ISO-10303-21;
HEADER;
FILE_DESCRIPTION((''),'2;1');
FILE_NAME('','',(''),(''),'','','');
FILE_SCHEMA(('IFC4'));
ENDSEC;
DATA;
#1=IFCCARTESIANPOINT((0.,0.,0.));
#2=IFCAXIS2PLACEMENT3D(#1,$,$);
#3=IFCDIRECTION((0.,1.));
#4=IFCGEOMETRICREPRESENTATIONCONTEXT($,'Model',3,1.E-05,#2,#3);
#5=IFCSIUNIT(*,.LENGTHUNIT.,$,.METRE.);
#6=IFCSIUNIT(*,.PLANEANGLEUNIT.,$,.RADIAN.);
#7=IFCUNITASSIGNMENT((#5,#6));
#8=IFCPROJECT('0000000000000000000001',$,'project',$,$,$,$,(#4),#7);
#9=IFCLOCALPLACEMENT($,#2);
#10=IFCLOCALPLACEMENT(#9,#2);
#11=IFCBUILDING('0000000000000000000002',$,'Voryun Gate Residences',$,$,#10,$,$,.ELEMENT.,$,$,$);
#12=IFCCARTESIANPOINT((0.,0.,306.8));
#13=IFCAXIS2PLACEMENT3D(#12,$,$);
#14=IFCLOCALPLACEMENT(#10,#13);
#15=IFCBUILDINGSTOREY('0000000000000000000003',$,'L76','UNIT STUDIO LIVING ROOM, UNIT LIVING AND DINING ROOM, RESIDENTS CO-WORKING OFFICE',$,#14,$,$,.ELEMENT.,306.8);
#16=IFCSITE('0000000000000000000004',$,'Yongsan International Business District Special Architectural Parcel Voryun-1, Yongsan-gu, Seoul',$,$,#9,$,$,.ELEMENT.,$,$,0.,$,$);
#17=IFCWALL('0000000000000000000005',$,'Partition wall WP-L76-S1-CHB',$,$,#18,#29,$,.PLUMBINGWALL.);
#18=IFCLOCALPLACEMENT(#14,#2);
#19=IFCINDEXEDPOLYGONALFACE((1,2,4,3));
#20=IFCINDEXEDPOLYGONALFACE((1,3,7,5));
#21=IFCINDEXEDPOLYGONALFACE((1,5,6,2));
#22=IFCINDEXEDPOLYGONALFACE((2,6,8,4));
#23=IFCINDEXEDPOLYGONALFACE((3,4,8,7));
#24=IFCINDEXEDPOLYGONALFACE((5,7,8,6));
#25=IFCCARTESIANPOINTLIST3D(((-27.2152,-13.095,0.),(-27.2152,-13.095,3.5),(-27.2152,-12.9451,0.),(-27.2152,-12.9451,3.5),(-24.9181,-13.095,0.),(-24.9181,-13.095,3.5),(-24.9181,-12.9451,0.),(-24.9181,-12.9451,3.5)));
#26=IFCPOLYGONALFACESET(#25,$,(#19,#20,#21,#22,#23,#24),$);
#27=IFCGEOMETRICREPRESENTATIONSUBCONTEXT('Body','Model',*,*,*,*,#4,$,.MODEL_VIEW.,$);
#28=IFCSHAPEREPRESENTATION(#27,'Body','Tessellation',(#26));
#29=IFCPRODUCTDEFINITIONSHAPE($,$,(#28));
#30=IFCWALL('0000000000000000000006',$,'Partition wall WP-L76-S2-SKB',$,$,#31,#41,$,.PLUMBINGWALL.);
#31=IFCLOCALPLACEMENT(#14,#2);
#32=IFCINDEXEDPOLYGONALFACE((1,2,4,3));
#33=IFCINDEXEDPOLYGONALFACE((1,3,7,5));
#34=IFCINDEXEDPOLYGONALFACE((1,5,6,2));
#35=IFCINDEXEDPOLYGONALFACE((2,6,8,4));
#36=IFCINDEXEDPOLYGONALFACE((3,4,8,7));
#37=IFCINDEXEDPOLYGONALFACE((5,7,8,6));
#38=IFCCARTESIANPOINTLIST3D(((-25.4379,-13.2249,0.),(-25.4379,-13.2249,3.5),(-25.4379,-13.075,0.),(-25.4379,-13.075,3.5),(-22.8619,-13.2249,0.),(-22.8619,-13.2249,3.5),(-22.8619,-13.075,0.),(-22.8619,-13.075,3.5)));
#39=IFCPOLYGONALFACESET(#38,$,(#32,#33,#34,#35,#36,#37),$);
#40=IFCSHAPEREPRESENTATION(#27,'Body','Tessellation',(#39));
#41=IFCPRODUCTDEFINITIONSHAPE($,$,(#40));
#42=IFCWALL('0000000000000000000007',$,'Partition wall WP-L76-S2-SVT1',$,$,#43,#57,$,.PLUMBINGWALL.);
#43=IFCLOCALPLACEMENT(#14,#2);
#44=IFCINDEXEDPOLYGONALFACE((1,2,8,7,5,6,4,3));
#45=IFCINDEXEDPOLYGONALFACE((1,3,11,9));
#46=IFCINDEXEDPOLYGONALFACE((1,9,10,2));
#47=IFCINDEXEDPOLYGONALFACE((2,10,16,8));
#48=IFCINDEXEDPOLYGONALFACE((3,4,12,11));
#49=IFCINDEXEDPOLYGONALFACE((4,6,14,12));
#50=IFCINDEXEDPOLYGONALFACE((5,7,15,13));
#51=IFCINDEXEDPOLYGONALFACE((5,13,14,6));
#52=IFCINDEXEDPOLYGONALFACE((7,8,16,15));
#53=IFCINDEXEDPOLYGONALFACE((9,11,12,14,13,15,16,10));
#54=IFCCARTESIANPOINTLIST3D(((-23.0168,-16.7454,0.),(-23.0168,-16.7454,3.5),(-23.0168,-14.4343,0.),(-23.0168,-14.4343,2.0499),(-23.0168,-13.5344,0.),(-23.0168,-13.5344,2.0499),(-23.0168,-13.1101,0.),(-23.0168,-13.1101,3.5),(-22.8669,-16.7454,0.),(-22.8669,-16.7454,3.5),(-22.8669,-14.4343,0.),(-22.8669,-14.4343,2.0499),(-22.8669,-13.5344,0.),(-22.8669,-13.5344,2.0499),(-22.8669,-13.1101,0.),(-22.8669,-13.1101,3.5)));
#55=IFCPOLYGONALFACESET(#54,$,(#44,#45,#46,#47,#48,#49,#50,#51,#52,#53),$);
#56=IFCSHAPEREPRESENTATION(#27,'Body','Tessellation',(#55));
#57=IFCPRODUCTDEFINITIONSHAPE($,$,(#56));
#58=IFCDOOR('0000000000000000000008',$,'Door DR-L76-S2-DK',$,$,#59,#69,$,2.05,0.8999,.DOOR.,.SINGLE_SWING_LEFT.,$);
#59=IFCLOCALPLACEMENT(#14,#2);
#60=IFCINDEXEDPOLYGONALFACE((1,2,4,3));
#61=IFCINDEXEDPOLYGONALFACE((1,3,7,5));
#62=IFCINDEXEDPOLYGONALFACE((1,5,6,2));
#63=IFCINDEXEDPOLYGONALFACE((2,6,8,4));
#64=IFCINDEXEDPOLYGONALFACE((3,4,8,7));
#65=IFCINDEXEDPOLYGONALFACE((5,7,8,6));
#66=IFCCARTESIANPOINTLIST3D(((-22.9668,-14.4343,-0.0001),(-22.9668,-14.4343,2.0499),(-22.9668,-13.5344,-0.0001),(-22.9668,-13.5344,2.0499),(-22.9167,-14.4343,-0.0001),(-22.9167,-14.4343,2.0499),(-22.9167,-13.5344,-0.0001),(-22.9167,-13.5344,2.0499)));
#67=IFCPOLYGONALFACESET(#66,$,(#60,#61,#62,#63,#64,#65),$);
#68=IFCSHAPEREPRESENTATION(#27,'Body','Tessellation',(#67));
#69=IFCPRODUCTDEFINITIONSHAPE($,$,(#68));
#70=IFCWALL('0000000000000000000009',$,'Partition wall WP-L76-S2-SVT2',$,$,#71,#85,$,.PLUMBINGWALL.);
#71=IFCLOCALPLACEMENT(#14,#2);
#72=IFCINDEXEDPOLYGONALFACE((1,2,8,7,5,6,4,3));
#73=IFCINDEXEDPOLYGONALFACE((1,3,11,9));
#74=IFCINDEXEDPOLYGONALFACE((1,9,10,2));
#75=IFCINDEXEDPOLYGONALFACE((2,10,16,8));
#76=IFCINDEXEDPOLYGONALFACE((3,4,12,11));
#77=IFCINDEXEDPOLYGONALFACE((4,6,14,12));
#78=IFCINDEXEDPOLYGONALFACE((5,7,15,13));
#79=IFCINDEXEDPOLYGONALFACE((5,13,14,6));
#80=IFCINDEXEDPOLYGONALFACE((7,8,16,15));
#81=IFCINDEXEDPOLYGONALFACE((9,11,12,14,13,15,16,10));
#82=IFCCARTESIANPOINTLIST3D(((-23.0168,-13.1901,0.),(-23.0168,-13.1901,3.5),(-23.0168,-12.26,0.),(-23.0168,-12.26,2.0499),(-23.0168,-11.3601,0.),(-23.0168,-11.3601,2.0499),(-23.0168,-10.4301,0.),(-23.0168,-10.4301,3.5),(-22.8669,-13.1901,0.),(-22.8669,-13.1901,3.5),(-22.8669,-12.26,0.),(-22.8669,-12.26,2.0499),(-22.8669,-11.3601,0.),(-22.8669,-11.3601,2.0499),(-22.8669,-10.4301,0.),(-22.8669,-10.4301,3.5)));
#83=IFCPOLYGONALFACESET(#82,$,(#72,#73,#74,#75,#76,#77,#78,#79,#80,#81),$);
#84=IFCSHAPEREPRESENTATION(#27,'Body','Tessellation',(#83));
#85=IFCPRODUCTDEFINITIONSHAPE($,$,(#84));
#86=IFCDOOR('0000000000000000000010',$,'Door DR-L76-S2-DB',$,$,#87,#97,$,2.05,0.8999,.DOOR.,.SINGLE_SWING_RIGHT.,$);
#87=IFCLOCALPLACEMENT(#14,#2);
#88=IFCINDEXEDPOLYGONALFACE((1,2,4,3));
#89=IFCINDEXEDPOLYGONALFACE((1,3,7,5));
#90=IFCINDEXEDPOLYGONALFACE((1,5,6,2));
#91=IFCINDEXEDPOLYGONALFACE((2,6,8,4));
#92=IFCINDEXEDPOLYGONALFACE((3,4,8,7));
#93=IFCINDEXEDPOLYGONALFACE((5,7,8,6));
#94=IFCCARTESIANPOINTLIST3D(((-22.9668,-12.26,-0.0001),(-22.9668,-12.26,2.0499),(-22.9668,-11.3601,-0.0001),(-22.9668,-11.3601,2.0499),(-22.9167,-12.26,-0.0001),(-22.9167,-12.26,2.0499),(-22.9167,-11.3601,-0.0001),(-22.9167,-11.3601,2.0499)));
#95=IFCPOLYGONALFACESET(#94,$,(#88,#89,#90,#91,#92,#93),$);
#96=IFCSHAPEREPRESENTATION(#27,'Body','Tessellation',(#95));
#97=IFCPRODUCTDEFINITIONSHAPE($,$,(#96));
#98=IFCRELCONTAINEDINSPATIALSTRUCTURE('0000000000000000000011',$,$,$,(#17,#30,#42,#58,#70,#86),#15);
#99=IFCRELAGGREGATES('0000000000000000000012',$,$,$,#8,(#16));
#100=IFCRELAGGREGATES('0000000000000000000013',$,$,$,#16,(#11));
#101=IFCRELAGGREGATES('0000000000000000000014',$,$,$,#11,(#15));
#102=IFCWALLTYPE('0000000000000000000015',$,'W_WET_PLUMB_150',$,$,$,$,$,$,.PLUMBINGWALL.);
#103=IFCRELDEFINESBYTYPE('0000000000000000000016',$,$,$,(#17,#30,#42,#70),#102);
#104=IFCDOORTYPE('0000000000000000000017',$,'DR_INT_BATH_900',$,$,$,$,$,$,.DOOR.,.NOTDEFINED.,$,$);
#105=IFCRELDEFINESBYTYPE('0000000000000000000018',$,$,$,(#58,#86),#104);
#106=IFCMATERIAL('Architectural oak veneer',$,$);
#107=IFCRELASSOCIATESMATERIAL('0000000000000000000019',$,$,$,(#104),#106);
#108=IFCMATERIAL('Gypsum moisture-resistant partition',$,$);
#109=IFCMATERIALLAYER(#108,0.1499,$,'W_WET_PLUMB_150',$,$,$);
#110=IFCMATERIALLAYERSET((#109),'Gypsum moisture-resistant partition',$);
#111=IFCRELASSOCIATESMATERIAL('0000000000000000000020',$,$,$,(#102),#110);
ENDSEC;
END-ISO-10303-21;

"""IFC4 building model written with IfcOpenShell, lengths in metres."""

from ifc_helpers import new_model, si_unit, direction, frame, frame_2d, origin, place, context, subcontext, project, spatial, rectangle, extrude, material, layer, layer_set, type_object, element, fill, save


model = new_model("IFC4")

# Units and contexts
model_context = context("Model", 3, precision=1e-05, world=origin(), true_north=direction((0.0, 1.0)))
body_context = subcontext(model_context, "Body", "Model", "MODEL_VIEW")
ifc_project = project(units=[si_unit("LENGTHUNIT", "METRE"), si_unit("PLANEANGLEUNIT", "RADIAN")], contexts=[model_context])

# Site, building, storey
site_placement = place(None, origin())
site = spatial("IfcSite", under=ifc_project, at=site_placement, Name="Yongsan International Business District Special Architectural Parcel Voryun-1, Yongsan-gu, Seoul", CompositionType="ELEMENT", RefElevation=0.0)
building_placement = place(site_placement, origin())
building = spatial("IfcBuilding", under=site, at=building_placement, Name="Voryun Gate Residences", CompositionType="ELEMENT")
storey_placement = place(building_placement, frame((0.0, 0.0, 306.8)))
storey = spatial("IfcBuildingStorey", under=building, at=storey_placement, Name="L76", Description="UNIT STUDIO LIVING ROOM, UNIT LIVING AND DINING ROOM, RESIDENTS CO-WORKING OFFICE", CompositionType="ELEMENT", Elevation=306.8)

# Shared definitions
ifc_material_1 = material(Name="Architectural oak veneer")
door_type = type_object("IfcDoorType", Name="DR_INT_BATH_900", OperationType="NOTDEFINED", PredefinedType="DOOR", material=ifc_material_1)

# Shared definitions
ifc_material_2 = material(Name="Gypsum moisture-resistant partition")
ifc_layer_1 = layer(ifc_material_2, 0.1499, Name="W_WET_PLUMB_150")
ifc_layer_set_1 = layer_set([ifc_layer_1], Name="Gypsum moisture-resistant partition")
wall_type_1 = type_object("IfcWallType", Name="W_WET_PLUMB_150", PredefinedType="PLUMBINGWALL", material=ifc_layer_set_1)

# Walls
wall_1_placement = place(storey_placement, frame((-27.2151, -13.02, 0.0), z_axis=(0.0, 0.0, 1.0), x_axis=(1.0, 0.0, 0.0)))
element("IfcWall", 1, at=wall_1_placement, inside=storey, type_object=wall_type_1, Name="Partition wall WP-L76-S1-CHB", PredefinedType="PLUMBINGWALL", context=body_context, shape_type="SweptSolid", body=[
    extrude(rectangle(XDim=2.2971, YDim=0.1499, at=frame_2d((1.1484, 0.0))), origin(), (0.0, 0.0, 1.0), 3.5),
])
wall_2_placement = place(storey_placement, frame((-25.438, -13.1499, 0.0), z_axis=(0.0, 0.0, 1.0), x_axis=(1.0, 0.0, 0.0)))
element("IfcWall", 2, at=wall_2_placement, inside=storey, type_object=wall_type_1, Name="Partition wall WP-L76-S2-SKB", PredefinedType="PLUMBINGWALL", context=body_context, shape_type="SweptSolid", body=[
    extrude(rectangle(XDim=2.5759, YDim=0.1499, at=frame_2d((1.2881, 0.0))), origin(), (0.0, 0.0, 1.0), 3.5),
])

# Walls, openings, doors
wall_3_placement = place(storey_placement, frame((-22.9419, -16.7454, 0.0), z_axis=(0.0, 0.0, 1.0), x_axis=(0.0, 1.0, 0.0)))
wall_3 = element("IfcWall", 3, at=wall_3_placement, inside=storey, type_object=wall_type_1, Name="Partition wall WP-L76-S2-SVT1", PredefinedType="PLUMBINGWALL", context=body_context, shape_type="SweptSolid", body=[
    extrude(rectangle(XDim=3.6353, YDim=0.1499, at=frame_2d((1.8176, 0.0))), origin(), (0.0, 0.0, 1.0), 3.5),
])
opening_1_placement = place(wall_3_placement, frame((2.311, 0.0, 0.0)))
opening_1 = element("IfcOpeningElement", 4, at=opening_1_placement, cuts=wall_3, PredefinedType="OPENING", context=body_context, shape_type="SweptSolid", body=[
    extrude(rectangle(XDim=0.8999, YDim=2.05, at=frame_2d((0.45, 1.0249))), frame((0.0, 0.085, 0.0), z_axis=(0.0, -1.0, 0.0), x_axis=(1.0, 0.0, 0.0)), (0.0, 0.0, 1.0), 0.1699),
])
door_1_placement = place(opening_1_placement, origin())
door_1 = element("IfcDoor", 5, at=door_1_placement, inside=storey, type_object=door_type, Name="Door DR-L76-S2-DK", OperationType="SINGLE_SWING_LEFT", OverallHeight=2.05, OverallWidth=0.8999, PredefinedType="DOOR", context=body_context, shape_type="SweptSolid", body=[
    extrude(rectangle(XDim=0.8999, YDim=2.05, at=frame_2d((0.45, 1.0249))), frame((0.0, 0.0249, 0.0), z_axis=(0.0, -1.0, 0.0), x_axis=(1.0, 0.0, 0.0)), (0.0, 0.0, 1.0), 0.05),
])
fill(opening_1, door_1)
wall_4_placement = place(storey_placement, frame((-22.9419, -13.1899, 0.0), z_axis=(0.0, 0.0, 1.0), x_axis=(0.0, 1.0, 0.0)))
wall_4 = element("IfcWall", 6, at=wall_4_placement, inside=storey, type_object=wall_type_1, Name="Partition wall WP-L76-S2-SVT2", PredefinedType="PLUMBINGWALL", context=body_context, shape_type="SweptSolid", body=[
    extrude(rectangle(XDim=2.76, YDim=0.1499, at=frame_2d((1.3799, 0.0))), origin(), (0.0, 0.0, 1.0), 3.5),
])
opening_2_placement = place(wall_4_placement, frame((0.9299, 0.0, 0.0)))
opening_2 = element("IfcOpeningElement", 7, at=opening_2_placement, cuts=wall_4, PredefinedType="OPENING", context=body_context, shape_type="SweptSolid", body=[
    extrude(rectangle(XDim=0.8999, YDim=2.05, at=frame_2d((0.45, 1.0249))), frame((0.0, 0.085, 0.0), z_axis=(0.0, -1.0, 0.0), x_axis=(1.0, 0.0, 0.0)), (0.0, 0.0, 1.0), 0.1699),
])
door_2_placement = place(opening_2_placement, origin())
door_2 = element("IfcDoor", 8, at=door_2_placement, inside=storey, type_object=door_type, Name="Door DR-L76-S2-DB", OperationType="SINGLE_SWING_RIGHT", OverallHeight=2.05, OverallWidth=0.8999, PredefinedType="DOOR", context=body_context, shape_type="SweptSolid", body=[
    extrude(rectangle(XDim=0.8999, YDim=2.05, at=frame_2d((0.45, 1.0249))), frame((0.0, 0.0249, 0.0), z_axis=(0.0, -1.0, 0.0), x_axis=(1.0, 0.0, 0.0)), (0.0, 0.0, 1.0), 0.05),
])
fill(opening_2, door_2)

save(model, "model.ifc")
